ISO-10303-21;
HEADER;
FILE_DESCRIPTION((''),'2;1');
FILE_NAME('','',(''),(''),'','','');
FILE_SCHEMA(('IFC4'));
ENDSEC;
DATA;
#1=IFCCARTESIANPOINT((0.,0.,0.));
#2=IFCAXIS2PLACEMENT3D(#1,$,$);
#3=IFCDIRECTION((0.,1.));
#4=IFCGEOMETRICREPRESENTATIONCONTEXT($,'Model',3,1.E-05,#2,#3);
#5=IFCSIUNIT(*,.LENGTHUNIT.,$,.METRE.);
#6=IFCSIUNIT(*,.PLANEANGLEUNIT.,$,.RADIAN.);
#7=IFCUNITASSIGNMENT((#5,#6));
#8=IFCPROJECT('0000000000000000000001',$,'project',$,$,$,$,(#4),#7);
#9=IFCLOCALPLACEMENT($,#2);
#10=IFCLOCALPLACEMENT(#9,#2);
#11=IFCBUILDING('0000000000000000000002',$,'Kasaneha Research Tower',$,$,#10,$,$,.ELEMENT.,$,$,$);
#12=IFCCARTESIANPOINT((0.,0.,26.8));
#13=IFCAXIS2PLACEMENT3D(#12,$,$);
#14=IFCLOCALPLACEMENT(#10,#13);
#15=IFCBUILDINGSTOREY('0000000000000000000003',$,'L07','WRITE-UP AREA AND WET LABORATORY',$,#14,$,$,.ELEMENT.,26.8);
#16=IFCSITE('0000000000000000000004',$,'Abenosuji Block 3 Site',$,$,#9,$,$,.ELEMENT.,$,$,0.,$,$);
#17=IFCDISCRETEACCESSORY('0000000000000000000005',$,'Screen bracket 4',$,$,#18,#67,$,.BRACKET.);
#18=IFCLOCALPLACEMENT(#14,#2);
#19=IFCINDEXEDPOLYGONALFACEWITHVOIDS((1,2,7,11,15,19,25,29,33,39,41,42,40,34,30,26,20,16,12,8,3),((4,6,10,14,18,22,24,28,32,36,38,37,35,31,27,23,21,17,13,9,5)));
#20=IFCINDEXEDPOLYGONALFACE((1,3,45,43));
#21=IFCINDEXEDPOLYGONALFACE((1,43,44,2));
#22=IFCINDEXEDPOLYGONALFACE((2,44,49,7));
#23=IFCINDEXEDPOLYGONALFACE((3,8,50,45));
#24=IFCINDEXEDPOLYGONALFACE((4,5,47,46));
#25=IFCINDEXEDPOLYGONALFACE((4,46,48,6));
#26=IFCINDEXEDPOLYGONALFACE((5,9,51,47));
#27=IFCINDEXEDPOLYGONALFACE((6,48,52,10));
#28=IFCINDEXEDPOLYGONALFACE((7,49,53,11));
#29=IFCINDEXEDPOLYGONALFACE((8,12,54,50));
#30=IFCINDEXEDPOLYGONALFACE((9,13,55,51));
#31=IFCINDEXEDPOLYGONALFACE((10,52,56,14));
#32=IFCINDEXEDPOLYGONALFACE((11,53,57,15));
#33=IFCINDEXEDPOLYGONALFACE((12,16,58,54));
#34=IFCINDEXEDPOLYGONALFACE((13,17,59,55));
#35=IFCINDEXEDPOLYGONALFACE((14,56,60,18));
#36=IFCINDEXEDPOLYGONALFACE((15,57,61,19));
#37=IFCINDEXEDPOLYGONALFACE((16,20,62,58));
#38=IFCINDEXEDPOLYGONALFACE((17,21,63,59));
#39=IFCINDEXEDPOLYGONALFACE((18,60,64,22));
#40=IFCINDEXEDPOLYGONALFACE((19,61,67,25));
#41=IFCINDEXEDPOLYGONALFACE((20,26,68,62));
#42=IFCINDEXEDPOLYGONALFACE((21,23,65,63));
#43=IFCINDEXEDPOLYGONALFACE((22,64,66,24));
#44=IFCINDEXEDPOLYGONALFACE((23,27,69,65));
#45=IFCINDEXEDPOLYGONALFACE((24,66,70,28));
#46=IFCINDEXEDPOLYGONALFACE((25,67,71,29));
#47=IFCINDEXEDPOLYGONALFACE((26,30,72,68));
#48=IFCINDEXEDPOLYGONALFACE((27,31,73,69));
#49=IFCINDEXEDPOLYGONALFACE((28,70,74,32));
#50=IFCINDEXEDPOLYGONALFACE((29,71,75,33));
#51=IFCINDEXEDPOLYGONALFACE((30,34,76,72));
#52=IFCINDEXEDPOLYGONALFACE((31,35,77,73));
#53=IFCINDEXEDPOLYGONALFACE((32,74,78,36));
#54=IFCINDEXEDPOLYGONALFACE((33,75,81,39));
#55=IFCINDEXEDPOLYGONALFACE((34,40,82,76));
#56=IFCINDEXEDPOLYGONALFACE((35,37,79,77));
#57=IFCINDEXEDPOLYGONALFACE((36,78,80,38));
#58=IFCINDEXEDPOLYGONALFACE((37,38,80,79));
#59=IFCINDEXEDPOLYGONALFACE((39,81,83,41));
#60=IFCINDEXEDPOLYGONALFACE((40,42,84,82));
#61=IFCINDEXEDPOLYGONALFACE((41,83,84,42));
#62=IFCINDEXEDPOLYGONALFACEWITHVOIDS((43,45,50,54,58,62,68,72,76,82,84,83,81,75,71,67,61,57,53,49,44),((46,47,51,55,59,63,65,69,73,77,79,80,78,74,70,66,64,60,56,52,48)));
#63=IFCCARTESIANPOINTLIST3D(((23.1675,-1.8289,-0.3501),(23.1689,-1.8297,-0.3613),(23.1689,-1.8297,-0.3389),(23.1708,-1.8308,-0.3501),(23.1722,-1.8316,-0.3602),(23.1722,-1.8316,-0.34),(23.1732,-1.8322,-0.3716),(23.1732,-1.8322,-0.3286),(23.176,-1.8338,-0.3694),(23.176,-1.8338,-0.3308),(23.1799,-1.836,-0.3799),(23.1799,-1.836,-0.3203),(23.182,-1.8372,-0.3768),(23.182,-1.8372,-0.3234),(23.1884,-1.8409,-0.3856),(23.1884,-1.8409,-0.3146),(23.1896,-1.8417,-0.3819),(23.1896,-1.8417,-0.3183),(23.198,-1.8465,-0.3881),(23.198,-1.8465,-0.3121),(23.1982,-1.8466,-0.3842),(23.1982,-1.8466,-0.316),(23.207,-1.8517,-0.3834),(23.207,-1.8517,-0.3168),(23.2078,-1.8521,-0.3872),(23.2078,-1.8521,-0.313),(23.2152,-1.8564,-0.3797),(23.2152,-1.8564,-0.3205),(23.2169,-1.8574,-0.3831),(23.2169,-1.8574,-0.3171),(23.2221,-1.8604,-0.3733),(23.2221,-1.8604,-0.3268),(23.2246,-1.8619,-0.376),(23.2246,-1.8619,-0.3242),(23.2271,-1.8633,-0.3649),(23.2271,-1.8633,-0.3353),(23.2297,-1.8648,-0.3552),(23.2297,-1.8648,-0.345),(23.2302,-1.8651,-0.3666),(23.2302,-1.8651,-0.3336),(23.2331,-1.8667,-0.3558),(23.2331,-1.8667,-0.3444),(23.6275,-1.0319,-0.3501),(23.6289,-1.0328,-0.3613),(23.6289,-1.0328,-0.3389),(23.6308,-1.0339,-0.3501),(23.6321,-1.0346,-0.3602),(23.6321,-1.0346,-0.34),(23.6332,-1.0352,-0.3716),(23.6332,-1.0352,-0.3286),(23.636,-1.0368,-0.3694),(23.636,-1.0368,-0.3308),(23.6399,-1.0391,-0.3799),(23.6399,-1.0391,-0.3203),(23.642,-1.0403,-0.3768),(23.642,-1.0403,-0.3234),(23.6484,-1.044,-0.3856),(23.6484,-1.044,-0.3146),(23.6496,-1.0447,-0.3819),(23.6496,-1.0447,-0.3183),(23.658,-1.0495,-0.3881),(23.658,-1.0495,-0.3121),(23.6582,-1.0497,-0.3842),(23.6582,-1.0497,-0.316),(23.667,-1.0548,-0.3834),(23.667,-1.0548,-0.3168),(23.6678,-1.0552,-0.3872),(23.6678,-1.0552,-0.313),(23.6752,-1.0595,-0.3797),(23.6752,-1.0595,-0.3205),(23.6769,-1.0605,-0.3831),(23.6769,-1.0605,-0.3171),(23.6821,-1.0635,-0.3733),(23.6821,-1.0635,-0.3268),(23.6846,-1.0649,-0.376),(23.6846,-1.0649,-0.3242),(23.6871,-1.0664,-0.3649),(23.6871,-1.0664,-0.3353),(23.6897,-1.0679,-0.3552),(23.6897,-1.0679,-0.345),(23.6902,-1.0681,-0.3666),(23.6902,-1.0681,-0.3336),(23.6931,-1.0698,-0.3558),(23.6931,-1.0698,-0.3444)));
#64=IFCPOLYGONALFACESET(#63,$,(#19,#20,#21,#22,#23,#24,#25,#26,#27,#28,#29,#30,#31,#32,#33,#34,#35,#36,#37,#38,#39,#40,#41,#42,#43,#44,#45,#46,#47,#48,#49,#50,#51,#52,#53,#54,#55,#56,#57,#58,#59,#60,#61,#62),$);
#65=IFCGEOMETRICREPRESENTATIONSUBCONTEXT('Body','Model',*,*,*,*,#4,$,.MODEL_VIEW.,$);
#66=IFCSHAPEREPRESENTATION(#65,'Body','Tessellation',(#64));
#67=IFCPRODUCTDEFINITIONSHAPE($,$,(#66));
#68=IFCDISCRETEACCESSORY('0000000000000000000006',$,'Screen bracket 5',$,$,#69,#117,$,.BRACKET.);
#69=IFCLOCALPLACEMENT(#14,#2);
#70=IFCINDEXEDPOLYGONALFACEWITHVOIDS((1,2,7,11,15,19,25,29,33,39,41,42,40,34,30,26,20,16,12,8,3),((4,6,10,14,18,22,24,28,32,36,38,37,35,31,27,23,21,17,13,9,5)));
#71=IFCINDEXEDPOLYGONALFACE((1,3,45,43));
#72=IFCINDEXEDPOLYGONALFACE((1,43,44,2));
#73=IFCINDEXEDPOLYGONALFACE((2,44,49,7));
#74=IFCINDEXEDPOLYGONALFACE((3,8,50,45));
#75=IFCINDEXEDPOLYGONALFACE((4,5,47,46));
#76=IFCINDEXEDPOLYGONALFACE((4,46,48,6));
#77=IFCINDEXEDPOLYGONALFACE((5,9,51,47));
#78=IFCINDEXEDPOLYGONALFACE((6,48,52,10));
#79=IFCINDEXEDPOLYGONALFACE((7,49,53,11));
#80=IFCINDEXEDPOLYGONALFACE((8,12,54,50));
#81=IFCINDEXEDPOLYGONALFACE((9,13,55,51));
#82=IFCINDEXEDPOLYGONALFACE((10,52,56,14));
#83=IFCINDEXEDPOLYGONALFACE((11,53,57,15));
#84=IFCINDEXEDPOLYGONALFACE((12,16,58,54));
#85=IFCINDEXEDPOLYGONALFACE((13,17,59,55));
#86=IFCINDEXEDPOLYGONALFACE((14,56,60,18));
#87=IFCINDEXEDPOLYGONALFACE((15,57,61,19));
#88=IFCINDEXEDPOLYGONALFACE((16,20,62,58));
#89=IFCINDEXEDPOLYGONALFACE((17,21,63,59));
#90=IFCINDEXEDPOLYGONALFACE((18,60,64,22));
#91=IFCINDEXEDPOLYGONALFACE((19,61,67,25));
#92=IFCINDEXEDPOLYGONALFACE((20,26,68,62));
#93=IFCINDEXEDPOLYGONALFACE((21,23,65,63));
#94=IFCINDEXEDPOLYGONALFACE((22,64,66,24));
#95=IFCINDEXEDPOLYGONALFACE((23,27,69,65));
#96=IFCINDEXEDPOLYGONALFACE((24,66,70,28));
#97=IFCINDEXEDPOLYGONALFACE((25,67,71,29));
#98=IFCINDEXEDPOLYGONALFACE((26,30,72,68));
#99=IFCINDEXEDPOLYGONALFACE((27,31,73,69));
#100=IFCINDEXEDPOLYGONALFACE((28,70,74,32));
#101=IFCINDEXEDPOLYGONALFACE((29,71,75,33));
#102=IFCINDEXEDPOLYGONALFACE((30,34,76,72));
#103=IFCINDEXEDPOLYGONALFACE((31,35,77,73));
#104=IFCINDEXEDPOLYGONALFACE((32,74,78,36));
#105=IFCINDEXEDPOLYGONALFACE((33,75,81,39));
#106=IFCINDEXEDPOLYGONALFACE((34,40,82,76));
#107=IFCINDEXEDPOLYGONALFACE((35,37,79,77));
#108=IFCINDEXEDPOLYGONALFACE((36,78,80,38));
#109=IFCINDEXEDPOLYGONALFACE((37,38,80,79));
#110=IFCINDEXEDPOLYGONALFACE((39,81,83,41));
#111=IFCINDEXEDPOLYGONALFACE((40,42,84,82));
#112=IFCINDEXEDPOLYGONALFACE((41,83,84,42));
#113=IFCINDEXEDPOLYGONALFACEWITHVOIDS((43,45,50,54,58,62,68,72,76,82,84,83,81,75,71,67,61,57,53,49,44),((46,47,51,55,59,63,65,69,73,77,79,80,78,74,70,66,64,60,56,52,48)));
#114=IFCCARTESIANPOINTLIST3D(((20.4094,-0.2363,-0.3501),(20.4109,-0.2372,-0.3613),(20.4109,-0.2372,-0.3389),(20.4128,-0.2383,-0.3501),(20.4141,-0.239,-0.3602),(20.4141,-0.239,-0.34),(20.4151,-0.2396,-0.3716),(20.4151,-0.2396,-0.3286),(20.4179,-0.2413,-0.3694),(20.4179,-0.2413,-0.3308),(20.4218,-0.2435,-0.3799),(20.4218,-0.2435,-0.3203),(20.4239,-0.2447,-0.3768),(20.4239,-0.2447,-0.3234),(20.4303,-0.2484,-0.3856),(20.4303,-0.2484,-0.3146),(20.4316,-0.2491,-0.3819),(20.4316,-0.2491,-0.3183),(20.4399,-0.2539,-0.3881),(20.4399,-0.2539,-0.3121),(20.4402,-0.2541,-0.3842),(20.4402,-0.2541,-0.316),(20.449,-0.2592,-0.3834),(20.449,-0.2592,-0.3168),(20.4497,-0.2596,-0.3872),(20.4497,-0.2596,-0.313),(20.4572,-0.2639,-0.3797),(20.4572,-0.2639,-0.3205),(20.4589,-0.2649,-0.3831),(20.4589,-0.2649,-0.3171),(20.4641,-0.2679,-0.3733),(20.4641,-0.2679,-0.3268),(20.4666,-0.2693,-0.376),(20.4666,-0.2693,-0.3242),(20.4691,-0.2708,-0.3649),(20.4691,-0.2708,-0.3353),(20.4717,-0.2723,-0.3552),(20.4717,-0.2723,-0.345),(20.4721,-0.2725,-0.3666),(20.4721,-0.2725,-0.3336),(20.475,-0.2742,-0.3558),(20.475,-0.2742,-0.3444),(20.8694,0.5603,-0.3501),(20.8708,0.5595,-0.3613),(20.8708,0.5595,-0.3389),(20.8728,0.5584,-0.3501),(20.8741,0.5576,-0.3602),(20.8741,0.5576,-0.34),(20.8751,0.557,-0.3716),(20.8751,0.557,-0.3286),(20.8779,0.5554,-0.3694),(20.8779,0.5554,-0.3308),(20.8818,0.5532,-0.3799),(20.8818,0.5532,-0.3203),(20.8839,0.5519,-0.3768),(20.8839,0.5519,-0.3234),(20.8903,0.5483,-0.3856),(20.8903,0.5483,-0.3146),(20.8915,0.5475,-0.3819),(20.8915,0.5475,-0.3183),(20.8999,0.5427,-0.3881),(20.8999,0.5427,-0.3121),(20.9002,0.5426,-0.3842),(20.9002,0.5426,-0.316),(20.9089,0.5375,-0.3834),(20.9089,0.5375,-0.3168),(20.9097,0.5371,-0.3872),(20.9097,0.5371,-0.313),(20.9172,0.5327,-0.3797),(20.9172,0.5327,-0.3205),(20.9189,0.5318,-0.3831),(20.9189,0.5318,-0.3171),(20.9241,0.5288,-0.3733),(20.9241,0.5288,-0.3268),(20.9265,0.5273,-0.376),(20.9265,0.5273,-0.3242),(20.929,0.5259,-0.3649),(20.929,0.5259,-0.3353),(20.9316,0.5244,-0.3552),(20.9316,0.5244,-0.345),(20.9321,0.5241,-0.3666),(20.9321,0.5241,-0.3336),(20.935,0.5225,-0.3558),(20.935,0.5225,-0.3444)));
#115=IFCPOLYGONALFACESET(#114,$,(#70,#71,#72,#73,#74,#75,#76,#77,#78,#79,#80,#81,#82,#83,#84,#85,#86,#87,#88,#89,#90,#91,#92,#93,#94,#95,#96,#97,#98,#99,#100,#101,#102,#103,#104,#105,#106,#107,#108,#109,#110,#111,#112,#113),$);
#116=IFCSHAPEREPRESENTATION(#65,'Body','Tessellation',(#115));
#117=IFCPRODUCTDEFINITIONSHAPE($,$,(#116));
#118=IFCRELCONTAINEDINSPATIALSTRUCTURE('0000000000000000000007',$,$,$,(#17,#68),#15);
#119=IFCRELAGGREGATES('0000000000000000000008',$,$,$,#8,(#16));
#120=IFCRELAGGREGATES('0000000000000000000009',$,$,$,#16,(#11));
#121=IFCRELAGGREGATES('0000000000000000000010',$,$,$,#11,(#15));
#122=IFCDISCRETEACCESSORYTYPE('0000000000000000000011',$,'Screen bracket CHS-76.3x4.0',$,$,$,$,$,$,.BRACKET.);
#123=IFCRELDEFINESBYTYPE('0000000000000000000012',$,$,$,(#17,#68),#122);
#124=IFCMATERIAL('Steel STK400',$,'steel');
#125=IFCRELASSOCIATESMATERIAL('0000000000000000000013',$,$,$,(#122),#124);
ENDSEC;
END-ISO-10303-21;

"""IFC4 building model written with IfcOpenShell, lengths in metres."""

from ifc_helpers import new_model, si_unit, direction, frame, origin, origin_2d, place, context, subcontext, project, spatial, hollow_circle, extrude, material, material_profile, profile_set, type_object, element, save


model = new_model("IFC4")

# Units and contexts
model_context = context("Model", 3, precision=1e-05, world=origin(), true_north=direction((0.0, 1.0)))
body_context = subcontext(model_context, "Body", "Model", "MODEL_VIEW")
ifc_project = project(units=[si_unit("LENGTHUNIT", "METRE"), si_unit("PLANEANGLEUNIT", "RADIAN")], contexts=[model_context])

# Site, building, storey
site_placement = place(None, origin())
site = spatial("IfcSite", under=ifc_project, at=site_placement, Name="Abenosuji Block 3 Site", CompositionType="ELEMENT", RefElevation=0.0)
building_placement = place(site_placement, origin())
building = spatial("IfcBuilding", under=site, at=building_placement, Name="Kasaneha Research Tower", CompositionType="ELEMENT")
storey_placement = place(building_placement, frame((0.0, 0.0, 26.8)))
storey = spatial("IfcBuildingStorey", under=building, at=storey_placement, Name="L07", Description="WRITE-UP AREA AND WET LABORATORY", CompositionType="ELEMENT", Elevation=26.8)

# Discrete accessories
ifc_material_1 = material(Name="Steel STK400", Category="steel")
ifc_material_profile_1 = material_profile(ifc_material_1, hollow_circle(Radius=0.0381, WallThickness=0.0039, at=origin_2d()), Name="CHS-76.3x4.0")
ifc_profile_set_1 = profile_set([ifc_material_profile_1], Name="Steel STK400")
discrete_accessory_type = type_object("IfcDiscreteAccessoryType", Name="Screen bracket CHS-76.3x4.0", PredefinedType="BRACKET", material=ifc_profile_set_1)
discrete_accessory_1_placement = place(storey_placement, frame((23.2004, -1.8479, -0.3501), z_axis=(0.499906, 0.86608, 0.0), x_axis=(-0.86608, 0.499906, 0.0)))
element("IfcDiscreteAccessory", 1, at=discrete_accessory_1_placement, inside=storey, type_object=discrete_accessory_type, Name="Screen bracket 4", PredefinedType="BRACKET", context=body_context, shape_type="SweptSolid", body=[
    extrude(hollow_circle(Radius=0.0381, WallThickness=0.0039, at=origin_2d()), origin(), (0.0, 0.0, 1.0), 0.9202),
])
discrete_accessory_2_placement = place(storey_placement, frame((20.4424, -0.2554, -0.3501), z_axis=(0.500021, 0.866013, 0.0), x_axis=(-0.866013, 0.500021, 0.0)))
element("IfcDiscreteAccessory", 2, at=discrete_accessory_2_placement, inside=storey, type_object=discrete_accessory_type, Name="Screen bracket 5", PredefinedType="BRACKET", context=body_context, shape_type="SweptSolid", body=[
    extrude(hollow_circle(Radius=0.0381, WallThickness=0.0039, at=origin_2d()), origin(), (0.0, 0.0, 1.0), 0.9199),
])

save(model, "model.ifc")
